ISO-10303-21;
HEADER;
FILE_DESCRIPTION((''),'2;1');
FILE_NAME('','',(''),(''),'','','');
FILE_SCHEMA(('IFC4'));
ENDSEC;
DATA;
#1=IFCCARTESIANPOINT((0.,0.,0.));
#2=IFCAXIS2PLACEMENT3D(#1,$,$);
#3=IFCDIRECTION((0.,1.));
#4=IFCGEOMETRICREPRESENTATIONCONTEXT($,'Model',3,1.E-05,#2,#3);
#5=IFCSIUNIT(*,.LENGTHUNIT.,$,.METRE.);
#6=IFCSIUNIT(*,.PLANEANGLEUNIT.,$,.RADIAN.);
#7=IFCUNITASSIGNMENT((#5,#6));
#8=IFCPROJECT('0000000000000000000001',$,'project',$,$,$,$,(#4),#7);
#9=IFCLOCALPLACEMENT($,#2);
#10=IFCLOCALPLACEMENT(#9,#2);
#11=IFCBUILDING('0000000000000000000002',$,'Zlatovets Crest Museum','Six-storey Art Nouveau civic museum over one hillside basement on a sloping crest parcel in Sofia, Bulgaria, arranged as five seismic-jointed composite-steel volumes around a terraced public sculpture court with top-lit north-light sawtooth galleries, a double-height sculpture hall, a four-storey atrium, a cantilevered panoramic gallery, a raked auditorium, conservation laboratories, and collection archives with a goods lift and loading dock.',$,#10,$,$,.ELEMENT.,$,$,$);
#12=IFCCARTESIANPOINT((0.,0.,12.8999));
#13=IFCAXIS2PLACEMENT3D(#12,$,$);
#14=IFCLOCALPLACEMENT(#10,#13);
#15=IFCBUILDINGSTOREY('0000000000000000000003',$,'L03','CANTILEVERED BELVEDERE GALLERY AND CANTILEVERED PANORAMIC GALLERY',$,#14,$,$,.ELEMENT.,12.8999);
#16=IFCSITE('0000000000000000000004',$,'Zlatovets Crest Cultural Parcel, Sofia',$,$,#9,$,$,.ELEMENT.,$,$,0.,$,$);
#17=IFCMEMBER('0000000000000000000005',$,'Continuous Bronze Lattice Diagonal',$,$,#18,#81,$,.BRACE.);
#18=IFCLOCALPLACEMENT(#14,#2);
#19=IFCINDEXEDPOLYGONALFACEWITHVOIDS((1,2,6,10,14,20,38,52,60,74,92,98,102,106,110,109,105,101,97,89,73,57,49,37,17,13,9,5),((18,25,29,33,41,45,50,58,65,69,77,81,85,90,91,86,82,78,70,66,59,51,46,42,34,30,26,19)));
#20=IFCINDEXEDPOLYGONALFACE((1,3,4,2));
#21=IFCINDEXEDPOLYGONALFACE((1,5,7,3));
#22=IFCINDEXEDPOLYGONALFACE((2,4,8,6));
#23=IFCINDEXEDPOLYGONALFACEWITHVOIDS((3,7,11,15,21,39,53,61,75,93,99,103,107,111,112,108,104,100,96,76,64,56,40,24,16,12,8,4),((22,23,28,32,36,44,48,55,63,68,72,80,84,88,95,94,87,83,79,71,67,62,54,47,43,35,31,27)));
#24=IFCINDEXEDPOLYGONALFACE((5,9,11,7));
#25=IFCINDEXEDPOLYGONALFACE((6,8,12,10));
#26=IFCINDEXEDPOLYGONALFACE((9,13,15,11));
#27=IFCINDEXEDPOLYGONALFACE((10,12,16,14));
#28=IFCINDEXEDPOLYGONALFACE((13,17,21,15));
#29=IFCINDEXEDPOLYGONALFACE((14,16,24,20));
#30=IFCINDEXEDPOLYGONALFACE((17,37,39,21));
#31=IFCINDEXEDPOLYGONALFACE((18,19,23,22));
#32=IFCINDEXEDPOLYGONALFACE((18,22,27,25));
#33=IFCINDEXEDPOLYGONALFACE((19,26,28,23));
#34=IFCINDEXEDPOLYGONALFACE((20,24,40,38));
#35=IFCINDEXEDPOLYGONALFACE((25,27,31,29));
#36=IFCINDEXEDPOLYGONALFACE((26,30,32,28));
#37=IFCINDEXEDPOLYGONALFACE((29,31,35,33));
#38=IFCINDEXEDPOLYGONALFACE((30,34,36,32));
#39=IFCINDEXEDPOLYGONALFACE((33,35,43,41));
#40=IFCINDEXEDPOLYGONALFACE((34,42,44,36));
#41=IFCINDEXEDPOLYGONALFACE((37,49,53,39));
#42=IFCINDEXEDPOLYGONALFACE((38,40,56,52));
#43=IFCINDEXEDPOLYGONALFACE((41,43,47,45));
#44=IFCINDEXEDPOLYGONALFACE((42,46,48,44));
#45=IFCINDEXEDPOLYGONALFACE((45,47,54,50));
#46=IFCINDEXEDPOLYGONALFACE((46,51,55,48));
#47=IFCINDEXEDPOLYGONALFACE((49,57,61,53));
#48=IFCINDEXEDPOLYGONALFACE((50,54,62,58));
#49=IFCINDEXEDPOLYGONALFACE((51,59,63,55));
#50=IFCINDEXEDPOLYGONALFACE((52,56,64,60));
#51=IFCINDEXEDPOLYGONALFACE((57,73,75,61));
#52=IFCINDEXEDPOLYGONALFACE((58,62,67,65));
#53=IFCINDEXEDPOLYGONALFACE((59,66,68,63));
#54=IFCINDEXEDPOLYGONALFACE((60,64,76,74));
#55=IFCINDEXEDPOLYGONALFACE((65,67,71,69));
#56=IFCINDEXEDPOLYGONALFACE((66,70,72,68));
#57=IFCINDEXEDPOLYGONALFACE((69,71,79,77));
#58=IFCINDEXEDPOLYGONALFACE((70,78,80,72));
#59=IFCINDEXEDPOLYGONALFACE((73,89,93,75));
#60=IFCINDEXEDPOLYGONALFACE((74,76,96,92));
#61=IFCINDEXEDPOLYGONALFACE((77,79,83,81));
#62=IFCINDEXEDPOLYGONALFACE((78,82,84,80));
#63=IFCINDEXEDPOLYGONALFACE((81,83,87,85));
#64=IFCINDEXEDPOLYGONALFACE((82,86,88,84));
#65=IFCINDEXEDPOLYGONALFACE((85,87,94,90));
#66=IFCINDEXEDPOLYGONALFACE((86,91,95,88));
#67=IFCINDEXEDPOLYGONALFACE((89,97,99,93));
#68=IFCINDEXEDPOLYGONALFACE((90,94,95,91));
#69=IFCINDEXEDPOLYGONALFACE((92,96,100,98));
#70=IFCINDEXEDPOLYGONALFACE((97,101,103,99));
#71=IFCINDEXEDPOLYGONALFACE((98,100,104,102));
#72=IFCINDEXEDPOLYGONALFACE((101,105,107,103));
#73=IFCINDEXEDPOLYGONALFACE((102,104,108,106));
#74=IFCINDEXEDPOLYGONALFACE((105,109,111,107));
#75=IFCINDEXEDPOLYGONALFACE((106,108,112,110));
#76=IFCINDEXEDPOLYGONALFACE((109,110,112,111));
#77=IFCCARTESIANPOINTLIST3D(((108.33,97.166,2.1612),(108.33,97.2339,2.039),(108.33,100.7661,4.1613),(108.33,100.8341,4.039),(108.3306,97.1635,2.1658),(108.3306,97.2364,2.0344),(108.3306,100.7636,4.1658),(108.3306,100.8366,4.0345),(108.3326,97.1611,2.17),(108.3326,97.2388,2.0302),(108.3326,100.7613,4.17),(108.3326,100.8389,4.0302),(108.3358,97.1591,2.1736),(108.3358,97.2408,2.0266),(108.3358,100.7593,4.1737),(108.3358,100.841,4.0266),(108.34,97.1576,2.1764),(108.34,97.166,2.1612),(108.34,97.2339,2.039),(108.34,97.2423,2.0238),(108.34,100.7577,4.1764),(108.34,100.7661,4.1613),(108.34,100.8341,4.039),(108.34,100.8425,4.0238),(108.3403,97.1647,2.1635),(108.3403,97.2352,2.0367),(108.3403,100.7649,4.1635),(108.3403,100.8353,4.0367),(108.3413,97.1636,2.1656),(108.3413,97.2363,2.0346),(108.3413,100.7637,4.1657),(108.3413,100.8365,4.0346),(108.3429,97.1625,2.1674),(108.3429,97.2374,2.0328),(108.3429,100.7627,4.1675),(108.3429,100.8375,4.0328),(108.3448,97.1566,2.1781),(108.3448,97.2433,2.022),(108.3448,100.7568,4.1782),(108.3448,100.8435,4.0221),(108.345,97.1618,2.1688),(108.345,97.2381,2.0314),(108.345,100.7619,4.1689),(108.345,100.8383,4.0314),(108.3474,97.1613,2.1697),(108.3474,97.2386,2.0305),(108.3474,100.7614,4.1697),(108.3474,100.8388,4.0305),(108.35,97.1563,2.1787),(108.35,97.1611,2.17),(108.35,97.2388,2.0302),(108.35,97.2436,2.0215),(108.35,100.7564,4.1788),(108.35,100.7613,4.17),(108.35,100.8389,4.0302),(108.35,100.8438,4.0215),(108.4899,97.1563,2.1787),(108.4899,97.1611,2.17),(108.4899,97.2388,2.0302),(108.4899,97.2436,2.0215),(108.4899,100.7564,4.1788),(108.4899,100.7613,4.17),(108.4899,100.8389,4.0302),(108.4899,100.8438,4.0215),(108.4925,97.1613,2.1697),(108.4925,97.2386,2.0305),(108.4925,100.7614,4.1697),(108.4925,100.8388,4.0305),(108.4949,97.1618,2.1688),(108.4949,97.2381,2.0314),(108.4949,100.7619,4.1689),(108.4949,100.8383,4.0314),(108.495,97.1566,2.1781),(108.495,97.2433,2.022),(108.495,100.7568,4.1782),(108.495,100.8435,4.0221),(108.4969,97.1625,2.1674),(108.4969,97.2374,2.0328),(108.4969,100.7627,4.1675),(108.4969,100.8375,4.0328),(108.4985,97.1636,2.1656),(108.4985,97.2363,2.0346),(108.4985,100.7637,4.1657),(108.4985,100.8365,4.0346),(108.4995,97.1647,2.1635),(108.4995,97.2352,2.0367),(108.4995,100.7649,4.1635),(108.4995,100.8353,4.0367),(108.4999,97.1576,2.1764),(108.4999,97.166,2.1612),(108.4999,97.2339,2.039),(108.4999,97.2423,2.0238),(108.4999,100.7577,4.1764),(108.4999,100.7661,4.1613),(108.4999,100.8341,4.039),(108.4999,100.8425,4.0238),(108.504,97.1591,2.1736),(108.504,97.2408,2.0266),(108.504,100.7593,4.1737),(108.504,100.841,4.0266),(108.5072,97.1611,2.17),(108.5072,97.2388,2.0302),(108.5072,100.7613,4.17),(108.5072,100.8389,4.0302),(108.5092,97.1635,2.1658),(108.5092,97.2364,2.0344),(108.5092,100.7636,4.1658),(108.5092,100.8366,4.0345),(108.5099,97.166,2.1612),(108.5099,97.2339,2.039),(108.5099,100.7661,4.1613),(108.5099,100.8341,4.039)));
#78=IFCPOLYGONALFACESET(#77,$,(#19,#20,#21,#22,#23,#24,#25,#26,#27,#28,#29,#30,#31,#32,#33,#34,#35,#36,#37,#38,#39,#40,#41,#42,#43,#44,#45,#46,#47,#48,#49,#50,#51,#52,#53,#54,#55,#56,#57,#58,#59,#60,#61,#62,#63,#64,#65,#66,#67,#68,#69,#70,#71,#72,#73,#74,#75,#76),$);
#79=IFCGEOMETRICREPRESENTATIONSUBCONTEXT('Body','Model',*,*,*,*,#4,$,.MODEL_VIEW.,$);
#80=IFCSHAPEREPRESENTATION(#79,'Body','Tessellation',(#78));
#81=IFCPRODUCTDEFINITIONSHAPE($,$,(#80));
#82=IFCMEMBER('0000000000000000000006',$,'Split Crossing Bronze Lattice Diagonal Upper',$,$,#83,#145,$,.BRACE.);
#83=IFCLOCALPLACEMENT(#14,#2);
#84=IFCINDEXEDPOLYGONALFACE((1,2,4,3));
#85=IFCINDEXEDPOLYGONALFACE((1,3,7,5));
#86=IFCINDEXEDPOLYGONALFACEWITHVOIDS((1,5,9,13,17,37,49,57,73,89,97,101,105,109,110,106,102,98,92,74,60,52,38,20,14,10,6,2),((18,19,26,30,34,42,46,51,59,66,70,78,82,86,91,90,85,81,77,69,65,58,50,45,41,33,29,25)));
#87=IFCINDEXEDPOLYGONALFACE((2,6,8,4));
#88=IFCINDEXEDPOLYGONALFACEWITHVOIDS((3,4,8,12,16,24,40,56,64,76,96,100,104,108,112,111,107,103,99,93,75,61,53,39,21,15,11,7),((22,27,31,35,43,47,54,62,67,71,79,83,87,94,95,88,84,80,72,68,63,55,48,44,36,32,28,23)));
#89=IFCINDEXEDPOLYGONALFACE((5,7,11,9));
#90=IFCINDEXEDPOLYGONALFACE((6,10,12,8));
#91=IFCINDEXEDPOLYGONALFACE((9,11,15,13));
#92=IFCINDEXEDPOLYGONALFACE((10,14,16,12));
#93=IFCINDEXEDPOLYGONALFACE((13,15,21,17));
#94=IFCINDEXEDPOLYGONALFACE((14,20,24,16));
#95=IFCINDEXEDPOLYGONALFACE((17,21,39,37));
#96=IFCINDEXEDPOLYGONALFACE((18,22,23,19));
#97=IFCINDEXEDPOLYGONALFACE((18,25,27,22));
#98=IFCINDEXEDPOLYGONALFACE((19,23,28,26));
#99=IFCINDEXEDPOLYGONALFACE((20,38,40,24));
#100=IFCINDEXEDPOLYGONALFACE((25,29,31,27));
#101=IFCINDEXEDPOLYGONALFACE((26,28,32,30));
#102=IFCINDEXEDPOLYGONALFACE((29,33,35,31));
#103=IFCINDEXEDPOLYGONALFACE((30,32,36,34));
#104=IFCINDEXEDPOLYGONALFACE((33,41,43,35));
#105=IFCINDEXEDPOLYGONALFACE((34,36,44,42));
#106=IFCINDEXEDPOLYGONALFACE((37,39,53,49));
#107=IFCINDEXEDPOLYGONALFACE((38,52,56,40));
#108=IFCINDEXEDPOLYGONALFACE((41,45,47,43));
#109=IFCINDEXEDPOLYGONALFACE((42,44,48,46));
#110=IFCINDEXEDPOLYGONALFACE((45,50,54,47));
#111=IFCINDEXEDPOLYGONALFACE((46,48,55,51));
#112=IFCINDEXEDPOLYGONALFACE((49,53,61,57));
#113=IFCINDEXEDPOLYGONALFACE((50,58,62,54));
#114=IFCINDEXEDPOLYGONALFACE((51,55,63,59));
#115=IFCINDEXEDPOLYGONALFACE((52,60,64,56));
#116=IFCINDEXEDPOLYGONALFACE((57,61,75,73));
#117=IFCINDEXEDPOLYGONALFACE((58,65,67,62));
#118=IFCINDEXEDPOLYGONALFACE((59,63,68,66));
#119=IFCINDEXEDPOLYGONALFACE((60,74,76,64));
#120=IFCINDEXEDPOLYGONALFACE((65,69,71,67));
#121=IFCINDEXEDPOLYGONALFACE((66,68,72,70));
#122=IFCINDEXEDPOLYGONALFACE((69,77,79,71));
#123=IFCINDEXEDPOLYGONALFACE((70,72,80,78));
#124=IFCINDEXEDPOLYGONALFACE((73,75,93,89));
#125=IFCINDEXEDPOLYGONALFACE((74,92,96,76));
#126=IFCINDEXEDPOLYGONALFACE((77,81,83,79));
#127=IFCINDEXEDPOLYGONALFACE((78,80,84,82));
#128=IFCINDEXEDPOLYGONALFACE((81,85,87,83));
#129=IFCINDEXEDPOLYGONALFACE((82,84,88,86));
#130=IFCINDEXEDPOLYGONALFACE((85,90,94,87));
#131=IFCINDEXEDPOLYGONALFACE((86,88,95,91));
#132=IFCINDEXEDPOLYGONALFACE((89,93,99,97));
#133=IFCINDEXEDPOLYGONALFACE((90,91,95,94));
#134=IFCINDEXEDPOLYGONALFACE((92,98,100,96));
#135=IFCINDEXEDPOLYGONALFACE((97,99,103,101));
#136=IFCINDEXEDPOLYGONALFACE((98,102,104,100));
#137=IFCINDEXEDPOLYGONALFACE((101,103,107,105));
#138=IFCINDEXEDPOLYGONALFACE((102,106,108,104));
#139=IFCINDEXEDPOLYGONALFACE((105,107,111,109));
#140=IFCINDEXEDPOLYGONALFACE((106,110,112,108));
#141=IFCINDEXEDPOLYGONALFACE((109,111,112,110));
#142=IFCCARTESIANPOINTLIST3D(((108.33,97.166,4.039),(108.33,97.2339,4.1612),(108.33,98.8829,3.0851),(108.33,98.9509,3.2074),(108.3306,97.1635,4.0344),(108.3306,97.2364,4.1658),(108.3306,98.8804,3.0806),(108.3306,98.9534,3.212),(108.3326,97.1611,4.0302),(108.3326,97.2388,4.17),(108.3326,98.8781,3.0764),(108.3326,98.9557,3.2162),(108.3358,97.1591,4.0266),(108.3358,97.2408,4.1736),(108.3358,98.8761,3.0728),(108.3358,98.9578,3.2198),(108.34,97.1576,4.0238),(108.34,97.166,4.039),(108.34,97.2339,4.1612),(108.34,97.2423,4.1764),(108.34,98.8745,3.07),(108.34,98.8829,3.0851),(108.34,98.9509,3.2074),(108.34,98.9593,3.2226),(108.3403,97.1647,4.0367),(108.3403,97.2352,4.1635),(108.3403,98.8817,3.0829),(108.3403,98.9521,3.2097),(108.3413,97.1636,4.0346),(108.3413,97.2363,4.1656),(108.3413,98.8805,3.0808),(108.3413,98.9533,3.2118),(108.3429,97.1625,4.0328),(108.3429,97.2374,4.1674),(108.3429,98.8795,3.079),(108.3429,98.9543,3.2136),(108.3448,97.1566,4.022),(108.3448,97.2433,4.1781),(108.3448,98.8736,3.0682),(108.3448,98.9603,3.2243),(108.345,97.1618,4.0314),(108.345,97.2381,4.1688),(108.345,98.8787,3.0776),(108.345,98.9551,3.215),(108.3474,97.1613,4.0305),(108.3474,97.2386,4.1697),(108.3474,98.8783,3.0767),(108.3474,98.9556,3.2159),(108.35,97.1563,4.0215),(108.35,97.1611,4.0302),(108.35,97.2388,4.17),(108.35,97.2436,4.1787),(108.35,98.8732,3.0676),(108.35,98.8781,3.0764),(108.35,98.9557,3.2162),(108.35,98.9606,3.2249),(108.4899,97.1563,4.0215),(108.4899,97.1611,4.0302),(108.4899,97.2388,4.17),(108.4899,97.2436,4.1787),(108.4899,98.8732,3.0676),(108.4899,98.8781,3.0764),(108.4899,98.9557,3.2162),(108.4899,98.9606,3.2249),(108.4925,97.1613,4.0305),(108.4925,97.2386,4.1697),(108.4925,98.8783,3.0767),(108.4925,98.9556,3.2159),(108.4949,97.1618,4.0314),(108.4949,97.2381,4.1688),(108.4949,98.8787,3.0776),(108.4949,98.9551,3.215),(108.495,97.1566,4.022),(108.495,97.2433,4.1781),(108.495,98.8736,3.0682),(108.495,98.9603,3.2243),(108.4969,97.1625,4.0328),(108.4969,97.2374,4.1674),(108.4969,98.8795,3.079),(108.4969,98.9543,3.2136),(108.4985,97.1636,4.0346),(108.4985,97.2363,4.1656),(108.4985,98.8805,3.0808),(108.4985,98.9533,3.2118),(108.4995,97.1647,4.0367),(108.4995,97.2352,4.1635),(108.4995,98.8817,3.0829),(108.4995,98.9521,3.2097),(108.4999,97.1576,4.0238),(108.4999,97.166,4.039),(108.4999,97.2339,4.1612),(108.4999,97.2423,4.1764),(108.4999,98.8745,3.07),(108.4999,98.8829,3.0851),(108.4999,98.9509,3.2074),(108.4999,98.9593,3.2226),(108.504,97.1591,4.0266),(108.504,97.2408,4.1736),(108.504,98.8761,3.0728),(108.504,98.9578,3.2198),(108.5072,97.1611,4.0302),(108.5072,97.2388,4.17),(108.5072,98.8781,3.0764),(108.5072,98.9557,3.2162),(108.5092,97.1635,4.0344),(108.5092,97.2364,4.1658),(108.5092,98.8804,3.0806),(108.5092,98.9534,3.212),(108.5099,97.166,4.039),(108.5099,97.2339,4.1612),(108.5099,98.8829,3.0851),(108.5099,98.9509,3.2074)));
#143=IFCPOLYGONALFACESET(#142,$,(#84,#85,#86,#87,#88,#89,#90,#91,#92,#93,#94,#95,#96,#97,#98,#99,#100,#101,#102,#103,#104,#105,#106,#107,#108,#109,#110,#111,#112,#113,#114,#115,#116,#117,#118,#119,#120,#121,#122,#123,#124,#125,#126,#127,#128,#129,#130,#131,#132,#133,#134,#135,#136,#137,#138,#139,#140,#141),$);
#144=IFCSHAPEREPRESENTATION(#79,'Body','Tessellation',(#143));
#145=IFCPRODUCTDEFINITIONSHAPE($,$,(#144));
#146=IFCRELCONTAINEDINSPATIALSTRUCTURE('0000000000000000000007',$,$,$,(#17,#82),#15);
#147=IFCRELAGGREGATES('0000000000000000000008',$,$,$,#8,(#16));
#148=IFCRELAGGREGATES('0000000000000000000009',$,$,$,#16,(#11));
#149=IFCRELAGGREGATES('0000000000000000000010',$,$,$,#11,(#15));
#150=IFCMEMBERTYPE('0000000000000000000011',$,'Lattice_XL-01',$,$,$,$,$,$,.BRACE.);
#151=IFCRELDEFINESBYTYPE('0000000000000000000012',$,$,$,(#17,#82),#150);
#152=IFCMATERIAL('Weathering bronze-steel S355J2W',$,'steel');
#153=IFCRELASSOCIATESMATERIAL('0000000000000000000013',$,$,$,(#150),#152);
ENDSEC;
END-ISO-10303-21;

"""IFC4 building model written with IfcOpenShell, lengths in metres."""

from ifc_helpers import new_model, si_unit, direction, frame, origin, origin_2d, place, context, subcontext, project, spatial, hollow_rectangle, extrude, material, material_profile, profile_set, type_object, element, save


model = new_model("IFC4")

# Units and contexts
model_context = context("Model", 3, precision=1e-05, world=origin(), true_north=direction((0.0, 1.0)))
body_context = subcontext(model_context, "Body", "Model", "MODEL_VIEW")
ifc_project = project(units=[si_unit("LENGTHUNIT", "METRE"), si_unit("PLANEANGLEUNIT", "RADIAN")], contexts=[model_context])

# Site, building, storey
site_placement = place(None, origin())
site = spatial("IfcSite", under=ifc_project, at=site_placement, Name="Zlatovets Crest Cultural Parcel, Sofia", CompositionType="ELEMENT", RefElevation=0.0)
building_placement = place(site_placement, origin())
building = spatial("IfcBuilding", under=site, at=building_placement, Name="Zlatovets Crest Museum", Description="Six-storey Art Nouveau civic museum over one hillside basement on a sloping crest parcel in Sofia, Bulgaria, arranged as five seismic-jointed composite-steel volumes around a terraced public sculpture court with top-lit north-light sawtooth galleries, a double-height sculpture hall, a four-storey atrium, a cantilevered panoramic gallery, a raked auditorium, conservation laboratories, and collection archives with a goods lift and loading dock.", CompositionType="ELEMENT")
storey_placement = place(building_placement, frame((0.0, 0.0, 12.8999)))
storey = spatial("IfcBuildingStorey", under=building, at=storey_placement, Name="L03", Description="CANTILEVERED BELVEDERE GALLERY AND CANTILEVERED PANORAMIC GALLERY", CompositionType="ELEMENT", Elevation=12.8999)

# Members
ifc_material_1 = material(Name="Weathering bronze-steel S355J2W", Category="steel")
ifc_material_profile_1 = material_profile(ifc_material_1, hollow_rectangle(XDim=0.1799, YDim=0.1799, WallThickness=0.01, InnerFilletRadius=0.01, OuterFilletRadius=0.02, at=origin_2d()), Name="SHS 180x180x10.0")
ifc_profile_set_1 = profile_set([ifc_material_profile_1], Name="Weathering bronze-steel S355J2W")
member_type_1 = type_object("IfcMemberType", Name="Lattice_XL-01", PredefinedType="BRACE", material=ifc_profile_set_1)
member_1_placement = place(storey_placement, frame((108.4199, 97.2, 2.1001), z_axis=(0.0, 0.874163, 0.485633), x_axis=(-1.0, 0.0, 0.0)))
element("IfcMember", 1, at=member_1_placement, inside=storey, type_object=member_type_1, Name="Continuous Bronze Lattice Diagonal", PredefinedType="BRACE", context=body_context, shape_type="SweptSolid", body=[
    extrude(hollow_rectangle(XDim=0.1799, YDim=0.1799, WallThickness=0.01, InnerFilletRadius=0.01, OuterFilletRadius=0.02, at=origin_2d()), origin(), (0.0, 0.0, 1.0), 4.1184),
])
for number, where, z_axis, x_axis, name in (
    (2, (108.4199, 97.2, 4.1001), (0.0, 0.874169, -0.485622), (-1.0, 0.0, 0.0), "Split Crossing Bronze Lattice Diagonal Upper"),
):
    element("IfcMember", number, at=place(storey_placement, frame(where, z_axis=z_axis, x_axis=x_axis)), inside=storey, type_object=member_type_1, Name=name, PredefinedType="BRACE", context=body_context, shape_type="SweptSolid", body=[
        extrude(hollow_rectangle(XDim=0.1799, YDim=0.1799, WallThickness=0.01, InnerFilletRadius=0.01, OuterFilletRadius=0.02, at=origin_2d()), origin(), (0.0, 0.0, 1.0), 1.9641),
    ])

save(model, "model.ifc")
